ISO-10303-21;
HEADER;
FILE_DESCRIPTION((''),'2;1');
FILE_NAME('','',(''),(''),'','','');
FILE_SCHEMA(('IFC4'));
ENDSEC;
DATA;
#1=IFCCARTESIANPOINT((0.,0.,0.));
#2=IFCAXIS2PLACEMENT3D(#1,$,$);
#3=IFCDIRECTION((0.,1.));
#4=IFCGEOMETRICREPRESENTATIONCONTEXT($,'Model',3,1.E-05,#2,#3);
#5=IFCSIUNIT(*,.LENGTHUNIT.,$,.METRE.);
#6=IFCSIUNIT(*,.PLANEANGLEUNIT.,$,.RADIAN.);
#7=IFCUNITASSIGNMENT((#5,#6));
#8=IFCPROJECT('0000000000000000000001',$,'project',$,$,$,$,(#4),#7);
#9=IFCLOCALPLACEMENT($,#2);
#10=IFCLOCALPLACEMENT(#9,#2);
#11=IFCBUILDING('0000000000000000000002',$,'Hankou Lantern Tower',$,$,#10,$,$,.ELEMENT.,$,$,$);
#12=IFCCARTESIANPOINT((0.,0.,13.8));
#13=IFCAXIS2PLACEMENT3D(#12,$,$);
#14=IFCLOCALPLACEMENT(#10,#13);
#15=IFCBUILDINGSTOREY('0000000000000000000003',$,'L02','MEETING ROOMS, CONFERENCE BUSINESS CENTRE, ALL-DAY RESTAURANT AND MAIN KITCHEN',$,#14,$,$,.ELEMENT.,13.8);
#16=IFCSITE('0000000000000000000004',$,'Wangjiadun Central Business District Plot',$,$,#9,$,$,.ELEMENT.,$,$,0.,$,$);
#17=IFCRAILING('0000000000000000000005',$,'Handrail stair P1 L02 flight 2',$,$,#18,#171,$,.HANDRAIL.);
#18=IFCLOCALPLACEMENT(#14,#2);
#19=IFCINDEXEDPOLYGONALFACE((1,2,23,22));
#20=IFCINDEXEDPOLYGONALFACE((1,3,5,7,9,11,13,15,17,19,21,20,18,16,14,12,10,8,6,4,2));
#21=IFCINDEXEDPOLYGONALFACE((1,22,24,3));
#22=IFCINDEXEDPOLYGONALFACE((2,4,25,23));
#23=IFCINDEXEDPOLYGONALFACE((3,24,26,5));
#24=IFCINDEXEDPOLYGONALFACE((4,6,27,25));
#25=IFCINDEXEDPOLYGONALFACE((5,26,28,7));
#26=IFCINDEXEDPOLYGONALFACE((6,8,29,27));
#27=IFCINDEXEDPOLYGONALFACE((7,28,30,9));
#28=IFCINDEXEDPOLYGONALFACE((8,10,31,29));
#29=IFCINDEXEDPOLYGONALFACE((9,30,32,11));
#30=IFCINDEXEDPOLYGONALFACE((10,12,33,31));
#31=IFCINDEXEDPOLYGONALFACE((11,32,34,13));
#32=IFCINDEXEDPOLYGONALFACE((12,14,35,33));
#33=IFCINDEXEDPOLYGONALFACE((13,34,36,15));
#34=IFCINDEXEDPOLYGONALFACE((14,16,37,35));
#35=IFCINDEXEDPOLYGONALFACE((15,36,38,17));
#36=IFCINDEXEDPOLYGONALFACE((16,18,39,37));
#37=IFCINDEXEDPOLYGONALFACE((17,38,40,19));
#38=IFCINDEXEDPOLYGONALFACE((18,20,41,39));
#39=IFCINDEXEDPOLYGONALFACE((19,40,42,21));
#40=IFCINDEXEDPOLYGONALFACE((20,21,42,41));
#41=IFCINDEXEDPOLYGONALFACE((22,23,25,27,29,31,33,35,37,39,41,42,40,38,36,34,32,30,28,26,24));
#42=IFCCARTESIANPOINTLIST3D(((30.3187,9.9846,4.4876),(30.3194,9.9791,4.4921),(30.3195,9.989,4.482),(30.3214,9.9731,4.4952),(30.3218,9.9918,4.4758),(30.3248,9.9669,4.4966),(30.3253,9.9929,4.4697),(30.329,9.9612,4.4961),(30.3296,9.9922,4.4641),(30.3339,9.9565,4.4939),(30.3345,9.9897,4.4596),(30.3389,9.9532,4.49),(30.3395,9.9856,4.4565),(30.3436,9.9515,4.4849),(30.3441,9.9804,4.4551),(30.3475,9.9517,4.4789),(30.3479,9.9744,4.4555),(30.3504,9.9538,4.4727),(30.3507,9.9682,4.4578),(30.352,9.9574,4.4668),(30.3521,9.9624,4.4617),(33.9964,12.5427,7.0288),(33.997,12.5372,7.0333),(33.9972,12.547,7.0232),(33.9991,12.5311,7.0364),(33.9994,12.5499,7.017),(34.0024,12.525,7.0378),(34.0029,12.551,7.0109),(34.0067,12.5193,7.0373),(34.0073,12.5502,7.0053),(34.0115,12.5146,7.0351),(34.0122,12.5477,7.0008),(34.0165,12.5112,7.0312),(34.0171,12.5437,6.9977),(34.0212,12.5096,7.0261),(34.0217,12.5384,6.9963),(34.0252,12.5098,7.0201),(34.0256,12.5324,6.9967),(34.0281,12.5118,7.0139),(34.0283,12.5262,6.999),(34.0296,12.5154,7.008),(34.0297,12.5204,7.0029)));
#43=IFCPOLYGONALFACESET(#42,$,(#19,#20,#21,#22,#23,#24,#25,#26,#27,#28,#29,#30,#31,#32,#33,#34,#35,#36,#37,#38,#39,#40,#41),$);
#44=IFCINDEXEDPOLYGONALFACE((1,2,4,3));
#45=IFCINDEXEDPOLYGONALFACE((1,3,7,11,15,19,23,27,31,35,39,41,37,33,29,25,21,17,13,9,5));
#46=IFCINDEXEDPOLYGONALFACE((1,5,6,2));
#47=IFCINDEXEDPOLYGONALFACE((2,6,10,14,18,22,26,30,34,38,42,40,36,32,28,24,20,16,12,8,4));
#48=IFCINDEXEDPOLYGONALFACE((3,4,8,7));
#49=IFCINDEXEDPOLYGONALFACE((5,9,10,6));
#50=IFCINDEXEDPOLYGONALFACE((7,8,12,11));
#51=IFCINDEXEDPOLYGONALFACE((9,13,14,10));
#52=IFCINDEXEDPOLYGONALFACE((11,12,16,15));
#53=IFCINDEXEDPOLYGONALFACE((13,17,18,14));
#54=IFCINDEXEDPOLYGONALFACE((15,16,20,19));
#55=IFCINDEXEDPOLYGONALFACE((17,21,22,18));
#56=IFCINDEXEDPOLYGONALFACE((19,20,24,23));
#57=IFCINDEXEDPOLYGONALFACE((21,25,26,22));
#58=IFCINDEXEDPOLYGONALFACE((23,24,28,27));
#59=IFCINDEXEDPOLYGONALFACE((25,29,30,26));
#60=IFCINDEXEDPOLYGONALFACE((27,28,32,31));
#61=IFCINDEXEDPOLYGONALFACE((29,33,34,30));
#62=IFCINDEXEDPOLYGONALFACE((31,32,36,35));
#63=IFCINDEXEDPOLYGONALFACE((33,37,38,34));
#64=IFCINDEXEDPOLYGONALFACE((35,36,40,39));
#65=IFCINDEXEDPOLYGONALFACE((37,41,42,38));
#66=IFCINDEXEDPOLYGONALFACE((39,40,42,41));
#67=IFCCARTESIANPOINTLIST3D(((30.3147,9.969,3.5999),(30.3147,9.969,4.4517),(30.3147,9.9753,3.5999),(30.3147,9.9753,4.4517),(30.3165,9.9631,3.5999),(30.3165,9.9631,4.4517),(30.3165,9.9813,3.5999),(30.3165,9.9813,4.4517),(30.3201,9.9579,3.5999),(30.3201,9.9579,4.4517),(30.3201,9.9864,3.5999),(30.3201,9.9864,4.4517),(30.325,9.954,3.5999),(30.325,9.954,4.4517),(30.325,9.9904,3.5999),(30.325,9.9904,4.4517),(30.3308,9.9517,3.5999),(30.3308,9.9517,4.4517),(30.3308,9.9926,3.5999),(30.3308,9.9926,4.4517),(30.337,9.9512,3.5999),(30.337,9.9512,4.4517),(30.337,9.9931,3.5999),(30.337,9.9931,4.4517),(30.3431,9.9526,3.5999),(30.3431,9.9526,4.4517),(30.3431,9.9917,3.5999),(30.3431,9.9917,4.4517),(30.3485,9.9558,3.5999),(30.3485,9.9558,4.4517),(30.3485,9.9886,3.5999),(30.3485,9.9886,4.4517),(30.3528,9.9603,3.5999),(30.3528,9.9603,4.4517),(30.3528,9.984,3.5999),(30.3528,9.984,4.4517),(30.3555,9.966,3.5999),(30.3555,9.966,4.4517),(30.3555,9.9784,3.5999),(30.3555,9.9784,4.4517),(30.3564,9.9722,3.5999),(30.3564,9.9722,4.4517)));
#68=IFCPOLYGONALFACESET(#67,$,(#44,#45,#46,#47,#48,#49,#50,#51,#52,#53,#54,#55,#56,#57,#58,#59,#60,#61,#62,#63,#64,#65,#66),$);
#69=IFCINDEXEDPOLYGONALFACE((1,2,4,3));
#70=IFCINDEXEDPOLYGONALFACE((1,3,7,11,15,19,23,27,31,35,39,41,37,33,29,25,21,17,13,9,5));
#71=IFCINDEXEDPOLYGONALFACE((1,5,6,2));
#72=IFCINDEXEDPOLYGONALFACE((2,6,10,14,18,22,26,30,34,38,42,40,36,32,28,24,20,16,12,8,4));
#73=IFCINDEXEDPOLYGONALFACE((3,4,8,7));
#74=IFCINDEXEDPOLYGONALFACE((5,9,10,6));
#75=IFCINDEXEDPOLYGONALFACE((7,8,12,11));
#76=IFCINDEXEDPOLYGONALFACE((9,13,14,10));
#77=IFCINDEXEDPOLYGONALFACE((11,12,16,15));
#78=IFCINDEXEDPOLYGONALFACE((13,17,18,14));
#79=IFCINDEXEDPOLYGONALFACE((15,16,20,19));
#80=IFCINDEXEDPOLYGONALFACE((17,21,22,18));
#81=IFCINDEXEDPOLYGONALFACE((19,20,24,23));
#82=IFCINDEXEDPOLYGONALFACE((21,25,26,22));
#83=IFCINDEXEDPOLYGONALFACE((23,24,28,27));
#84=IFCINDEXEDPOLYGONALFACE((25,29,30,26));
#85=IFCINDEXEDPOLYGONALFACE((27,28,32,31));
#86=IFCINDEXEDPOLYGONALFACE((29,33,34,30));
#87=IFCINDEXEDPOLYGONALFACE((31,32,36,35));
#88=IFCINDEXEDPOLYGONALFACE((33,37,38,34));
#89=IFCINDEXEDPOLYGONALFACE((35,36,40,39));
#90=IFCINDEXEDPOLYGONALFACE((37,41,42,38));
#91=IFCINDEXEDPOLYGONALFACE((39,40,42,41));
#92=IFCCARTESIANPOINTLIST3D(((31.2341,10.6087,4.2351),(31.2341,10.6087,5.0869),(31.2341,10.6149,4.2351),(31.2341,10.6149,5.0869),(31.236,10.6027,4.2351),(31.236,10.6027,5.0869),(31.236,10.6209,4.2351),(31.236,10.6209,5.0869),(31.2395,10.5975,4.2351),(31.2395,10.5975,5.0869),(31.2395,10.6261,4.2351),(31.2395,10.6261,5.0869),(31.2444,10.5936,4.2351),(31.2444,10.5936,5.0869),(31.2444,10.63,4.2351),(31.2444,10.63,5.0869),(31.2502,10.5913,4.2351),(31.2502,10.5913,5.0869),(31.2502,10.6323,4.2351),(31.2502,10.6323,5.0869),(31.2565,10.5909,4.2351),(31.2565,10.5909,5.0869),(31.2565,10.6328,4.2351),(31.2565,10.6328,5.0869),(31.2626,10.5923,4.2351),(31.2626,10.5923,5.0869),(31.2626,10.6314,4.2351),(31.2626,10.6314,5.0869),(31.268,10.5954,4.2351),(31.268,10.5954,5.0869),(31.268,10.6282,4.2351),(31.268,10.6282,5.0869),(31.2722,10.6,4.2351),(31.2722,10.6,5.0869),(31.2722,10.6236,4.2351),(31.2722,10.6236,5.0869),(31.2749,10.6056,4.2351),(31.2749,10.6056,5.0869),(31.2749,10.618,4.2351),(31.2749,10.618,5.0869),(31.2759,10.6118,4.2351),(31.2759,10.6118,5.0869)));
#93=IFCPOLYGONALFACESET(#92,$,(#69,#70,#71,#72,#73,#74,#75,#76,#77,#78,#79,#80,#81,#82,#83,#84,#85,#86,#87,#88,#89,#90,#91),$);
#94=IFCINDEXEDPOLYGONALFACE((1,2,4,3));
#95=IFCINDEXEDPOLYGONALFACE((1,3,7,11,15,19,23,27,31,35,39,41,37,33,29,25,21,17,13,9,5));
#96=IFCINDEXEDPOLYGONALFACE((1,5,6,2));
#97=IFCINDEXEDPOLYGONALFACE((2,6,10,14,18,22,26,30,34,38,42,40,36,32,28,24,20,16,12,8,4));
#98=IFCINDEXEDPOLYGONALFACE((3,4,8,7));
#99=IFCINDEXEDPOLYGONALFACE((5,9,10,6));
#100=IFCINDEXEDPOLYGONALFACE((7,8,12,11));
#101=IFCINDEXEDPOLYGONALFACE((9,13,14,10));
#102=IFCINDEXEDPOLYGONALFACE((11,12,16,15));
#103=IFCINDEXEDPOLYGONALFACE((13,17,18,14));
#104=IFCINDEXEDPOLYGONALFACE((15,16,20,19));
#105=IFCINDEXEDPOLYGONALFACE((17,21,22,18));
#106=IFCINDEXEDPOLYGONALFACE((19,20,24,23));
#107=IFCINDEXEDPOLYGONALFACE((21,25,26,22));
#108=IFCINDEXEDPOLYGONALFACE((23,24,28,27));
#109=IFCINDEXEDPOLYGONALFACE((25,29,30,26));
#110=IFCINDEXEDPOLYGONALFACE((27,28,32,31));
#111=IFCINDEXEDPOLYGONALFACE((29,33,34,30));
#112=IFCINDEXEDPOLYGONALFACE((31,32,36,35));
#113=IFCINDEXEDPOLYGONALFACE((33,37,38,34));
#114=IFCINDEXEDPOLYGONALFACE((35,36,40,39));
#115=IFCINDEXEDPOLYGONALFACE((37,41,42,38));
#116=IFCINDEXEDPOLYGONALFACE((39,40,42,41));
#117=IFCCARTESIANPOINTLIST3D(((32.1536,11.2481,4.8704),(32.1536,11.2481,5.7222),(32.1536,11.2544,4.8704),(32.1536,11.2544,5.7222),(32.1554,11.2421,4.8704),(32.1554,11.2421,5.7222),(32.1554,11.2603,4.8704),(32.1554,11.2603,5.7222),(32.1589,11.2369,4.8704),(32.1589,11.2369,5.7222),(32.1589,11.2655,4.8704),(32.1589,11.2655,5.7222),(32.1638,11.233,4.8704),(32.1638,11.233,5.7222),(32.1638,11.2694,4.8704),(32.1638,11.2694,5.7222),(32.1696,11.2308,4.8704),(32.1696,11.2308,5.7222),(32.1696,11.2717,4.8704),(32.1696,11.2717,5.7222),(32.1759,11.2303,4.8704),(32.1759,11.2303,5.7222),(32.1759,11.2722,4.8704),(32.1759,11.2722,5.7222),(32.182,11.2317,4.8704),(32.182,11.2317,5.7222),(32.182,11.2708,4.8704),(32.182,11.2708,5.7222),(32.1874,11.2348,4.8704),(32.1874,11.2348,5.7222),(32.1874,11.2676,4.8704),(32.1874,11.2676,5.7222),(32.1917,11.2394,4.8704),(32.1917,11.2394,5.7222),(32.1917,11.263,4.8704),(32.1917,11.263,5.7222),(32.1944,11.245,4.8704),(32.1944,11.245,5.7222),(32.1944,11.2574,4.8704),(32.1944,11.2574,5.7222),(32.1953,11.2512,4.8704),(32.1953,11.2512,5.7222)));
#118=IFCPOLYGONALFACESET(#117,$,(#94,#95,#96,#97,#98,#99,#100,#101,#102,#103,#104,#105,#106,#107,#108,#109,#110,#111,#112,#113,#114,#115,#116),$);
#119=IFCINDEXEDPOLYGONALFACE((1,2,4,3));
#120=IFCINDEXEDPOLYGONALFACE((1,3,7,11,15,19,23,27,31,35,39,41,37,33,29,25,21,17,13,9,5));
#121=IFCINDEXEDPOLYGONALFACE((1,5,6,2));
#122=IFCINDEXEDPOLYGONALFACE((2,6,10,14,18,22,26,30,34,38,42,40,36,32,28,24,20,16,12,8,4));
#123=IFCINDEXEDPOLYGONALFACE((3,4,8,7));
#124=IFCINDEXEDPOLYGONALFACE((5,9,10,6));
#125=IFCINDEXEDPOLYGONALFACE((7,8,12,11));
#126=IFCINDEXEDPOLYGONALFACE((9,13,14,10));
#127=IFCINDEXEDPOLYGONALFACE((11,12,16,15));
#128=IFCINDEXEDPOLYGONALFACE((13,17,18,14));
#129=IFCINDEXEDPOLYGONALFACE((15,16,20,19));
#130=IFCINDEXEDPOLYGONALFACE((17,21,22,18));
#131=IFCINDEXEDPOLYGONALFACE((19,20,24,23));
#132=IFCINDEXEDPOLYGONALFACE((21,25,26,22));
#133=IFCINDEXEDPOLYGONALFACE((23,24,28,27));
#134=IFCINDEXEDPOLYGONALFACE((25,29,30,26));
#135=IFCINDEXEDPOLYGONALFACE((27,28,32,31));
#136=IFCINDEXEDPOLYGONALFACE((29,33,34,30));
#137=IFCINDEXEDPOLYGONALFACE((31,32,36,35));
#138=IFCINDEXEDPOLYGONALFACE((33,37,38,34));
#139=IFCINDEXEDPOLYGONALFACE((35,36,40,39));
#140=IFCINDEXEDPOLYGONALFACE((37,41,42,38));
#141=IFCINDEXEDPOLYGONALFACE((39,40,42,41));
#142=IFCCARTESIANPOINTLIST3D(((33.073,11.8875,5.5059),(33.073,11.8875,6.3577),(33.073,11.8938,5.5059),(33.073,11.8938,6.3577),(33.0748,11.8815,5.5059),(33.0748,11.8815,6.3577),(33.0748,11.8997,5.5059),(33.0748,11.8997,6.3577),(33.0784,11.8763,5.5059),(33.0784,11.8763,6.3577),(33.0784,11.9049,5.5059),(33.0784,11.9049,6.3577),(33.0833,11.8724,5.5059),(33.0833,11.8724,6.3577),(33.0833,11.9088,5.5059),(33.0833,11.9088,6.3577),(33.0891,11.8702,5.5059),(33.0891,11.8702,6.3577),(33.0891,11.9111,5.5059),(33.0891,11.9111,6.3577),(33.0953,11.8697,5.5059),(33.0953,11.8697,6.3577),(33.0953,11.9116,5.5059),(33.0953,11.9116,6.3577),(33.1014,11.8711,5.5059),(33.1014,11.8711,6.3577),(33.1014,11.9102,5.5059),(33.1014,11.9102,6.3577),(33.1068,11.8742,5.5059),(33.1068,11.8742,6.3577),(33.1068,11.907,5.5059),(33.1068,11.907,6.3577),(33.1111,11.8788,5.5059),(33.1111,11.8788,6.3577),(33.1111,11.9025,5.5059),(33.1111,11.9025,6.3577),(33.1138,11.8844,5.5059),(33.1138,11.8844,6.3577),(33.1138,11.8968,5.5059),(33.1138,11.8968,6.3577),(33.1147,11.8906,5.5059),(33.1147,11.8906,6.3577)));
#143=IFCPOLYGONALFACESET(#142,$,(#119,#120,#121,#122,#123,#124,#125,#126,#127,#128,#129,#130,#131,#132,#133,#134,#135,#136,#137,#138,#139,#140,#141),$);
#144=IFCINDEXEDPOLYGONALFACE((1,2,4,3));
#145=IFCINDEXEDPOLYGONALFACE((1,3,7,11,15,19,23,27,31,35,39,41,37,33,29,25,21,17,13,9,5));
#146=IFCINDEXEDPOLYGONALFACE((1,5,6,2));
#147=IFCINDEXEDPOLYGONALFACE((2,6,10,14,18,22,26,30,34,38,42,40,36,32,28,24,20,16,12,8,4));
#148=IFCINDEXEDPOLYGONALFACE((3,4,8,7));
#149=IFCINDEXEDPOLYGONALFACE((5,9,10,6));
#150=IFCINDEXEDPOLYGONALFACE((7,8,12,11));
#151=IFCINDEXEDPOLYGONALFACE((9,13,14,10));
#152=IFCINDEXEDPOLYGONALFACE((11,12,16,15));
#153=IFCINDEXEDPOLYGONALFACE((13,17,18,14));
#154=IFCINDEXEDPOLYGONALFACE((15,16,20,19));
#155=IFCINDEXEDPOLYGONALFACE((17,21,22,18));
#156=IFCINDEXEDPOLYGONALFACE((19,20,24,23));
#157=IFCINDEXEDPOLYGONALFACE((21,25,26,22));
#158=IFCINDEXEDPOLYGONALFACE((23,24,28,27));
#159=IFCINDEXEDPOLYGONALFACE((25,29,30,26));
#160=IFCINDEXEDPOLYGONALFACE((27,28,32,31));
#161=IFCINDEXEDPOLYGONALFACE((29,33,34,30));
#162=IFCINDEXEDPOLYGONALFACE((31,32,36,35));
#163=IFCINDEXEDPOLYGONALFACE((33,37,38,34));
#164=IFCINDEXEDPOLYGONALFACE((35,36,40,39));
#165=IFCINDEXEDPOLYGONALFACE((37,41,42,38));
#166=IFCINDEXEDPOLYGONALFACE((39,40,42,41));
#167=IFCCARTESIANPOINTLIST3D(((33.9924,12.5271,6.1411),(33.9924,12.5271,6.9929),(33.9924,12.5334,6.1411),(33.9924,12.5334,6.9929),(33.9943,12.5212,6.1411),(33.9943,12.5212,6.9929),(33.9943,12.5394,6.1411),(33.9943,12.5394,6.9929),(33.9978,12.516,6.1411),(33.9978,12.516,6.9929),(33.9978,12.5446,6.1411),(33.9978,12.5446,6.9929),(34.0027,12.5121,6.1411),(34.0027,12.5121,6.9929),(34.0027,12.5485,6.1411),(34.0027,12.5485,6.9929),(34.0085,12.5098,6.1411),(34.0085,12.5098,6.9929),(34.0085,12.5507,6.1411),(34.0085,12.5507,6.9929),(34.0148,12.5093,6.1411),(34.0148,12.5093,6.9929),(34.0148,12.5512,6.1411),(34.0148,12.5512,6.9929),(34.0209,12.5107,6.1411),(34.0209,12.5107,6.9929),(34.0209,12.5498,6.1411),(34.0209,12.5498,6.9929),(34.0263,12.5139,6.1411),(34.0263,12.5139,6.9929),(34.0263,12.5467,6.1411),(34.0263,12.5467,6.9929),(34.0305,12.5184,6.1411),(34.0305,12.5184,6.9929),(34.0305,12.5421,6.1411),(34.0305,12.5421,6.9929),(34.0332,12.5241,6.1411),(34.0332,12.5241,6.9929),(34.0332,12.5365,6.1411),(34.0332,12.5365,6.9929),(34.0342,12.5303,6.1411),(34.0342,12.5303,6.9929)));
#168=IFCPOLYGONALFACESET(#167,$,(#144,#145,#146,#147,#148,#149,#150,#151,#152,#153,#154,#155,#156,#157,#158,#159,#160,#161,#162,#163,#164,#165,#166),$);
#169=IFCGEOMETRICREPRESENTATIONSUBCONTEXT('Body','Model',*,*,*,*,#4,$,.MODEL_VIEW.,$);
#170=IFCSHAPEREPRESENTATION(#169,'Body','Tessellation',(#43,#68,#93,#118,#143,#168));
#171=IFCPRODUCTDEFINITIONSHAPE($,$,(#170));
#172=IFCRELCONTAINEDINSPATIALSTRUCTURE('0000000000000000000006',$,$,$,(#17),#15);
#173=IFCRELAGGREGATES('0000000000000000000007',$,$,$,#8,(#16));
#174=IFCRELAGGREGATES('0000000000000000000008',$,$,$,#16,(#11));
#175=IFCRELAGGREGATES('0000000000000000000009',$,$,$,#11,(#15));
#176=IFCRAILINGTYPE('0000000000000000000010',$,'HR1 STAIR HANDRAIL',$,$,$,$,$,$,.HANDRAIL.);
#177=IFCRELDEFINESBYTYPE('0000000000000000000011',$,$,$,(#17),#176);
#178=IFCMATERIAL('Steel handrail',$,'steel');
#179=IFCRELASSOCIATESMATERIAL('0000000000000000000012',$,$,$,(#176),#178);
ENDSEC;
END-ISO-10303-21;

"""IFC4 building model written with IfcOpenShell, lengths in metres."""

from ifc_helpers import new_model, si_unit, direction, frame, origin, origin_2d, place, context, subcontext, project, spatial, circle, extrude, material, type_object, element, save


model = new_model("IFC4")

# Units and contexts
model_context = context("Model", 3, precision=1e-05, world=origin(), true_north=direction((0.0, 1.0)))
body_context = subcontext(model_context, "Body", "Model", "MODEL_VIEW")
ifc_project = project(units=[si_unit("LENGTHUNIT", "METRE"), si_unit("PLANEANGLEUNIT", "RADIAN")], contexts=[model_context])

# Site, building, storey
site_placement = place(None, origin())
site = spatial("IfcSite", under=ifc_project, at=site_placement, Name="Wangjiadun Central Business District Plot", CompositionType="ELEMENT", RefElevation=0.0)
building_placement = place(site_placement, origin())
building = spatial("IfcBuilding", under=site, at=building_placement, Name="Hankou Lantern Tower", CompositionType="ELEMENT")
storey_placement = place(building_placement, frame((0.0, 0.0, 13.8)))
storey = spatial("IfcBuildingStorey", under=building, at=storey_placement, Name="L02", Description="MEETING ROOMS, CONFERENCE BUSINESS CENTRE, ALL-DAY RESTAURANT AND MAIN KITCHEN", CompositionType="ELEMENT", Elevation=13.8)

# Railing
ifc_material_1 = material(Name="Steel handrail", Category="steel")
railing_type = type_object("IfcRailingType", Name="HR1 STAIR HANDRAIL", PredefinedType="HANDRAIL", material=ifc_material_1)
railing_placement = place(storey_placement, frame((30.3354, 9.9722, 3.5999)))
element("IfcRailing", 1, at=railing_placement, inside=storey, type_object=railing_type, Name="Handrail stair P1 L02 flight 2", PredefinedType="HANDRAIL", context=body_context, shape_type="SweptSolid", body=[
    extrude(circle(Radius=0.0239, at=origin_2d()), frame((0.0, 0.0, 0.876), z_axis=(0.714054, 0.496671, 0.493401), x_axis=(-0.571017, 0.820939, 0.0)), (0.0, 0.0, 1.0), 5.1504),
    extrude(circle(Radius=0.021, at=origin_2d()), origin(), (0.0, 0.0, 1.0), 0.8518),
    extrude(circle(Radius=0.021, at=origin_2d()), frame((0.9194, 0.6396, 0.6353)), (0.0, 0.0, 1.0), 0.8518),
    extrude(circle(Radius=0.021, at=origin_2d()), frame((1.8389, 1.2791, 1.2705)), (0.0, 0.0, 1.0), 0.8518),
    extrude(circle(Radius=0.021, at=origin_2d()), frame((2.7583, 1.9185, 1.906)), (0.0, 0.0, 1.0), 0.8518),
    extrude(circle(Radius=0.021, at=origin_2d()), frame((3.6777, 2.5581, 2.5413)), (0.0, 0.0, 1.0), 0.8518),
])

save(model, "model.ifc")
